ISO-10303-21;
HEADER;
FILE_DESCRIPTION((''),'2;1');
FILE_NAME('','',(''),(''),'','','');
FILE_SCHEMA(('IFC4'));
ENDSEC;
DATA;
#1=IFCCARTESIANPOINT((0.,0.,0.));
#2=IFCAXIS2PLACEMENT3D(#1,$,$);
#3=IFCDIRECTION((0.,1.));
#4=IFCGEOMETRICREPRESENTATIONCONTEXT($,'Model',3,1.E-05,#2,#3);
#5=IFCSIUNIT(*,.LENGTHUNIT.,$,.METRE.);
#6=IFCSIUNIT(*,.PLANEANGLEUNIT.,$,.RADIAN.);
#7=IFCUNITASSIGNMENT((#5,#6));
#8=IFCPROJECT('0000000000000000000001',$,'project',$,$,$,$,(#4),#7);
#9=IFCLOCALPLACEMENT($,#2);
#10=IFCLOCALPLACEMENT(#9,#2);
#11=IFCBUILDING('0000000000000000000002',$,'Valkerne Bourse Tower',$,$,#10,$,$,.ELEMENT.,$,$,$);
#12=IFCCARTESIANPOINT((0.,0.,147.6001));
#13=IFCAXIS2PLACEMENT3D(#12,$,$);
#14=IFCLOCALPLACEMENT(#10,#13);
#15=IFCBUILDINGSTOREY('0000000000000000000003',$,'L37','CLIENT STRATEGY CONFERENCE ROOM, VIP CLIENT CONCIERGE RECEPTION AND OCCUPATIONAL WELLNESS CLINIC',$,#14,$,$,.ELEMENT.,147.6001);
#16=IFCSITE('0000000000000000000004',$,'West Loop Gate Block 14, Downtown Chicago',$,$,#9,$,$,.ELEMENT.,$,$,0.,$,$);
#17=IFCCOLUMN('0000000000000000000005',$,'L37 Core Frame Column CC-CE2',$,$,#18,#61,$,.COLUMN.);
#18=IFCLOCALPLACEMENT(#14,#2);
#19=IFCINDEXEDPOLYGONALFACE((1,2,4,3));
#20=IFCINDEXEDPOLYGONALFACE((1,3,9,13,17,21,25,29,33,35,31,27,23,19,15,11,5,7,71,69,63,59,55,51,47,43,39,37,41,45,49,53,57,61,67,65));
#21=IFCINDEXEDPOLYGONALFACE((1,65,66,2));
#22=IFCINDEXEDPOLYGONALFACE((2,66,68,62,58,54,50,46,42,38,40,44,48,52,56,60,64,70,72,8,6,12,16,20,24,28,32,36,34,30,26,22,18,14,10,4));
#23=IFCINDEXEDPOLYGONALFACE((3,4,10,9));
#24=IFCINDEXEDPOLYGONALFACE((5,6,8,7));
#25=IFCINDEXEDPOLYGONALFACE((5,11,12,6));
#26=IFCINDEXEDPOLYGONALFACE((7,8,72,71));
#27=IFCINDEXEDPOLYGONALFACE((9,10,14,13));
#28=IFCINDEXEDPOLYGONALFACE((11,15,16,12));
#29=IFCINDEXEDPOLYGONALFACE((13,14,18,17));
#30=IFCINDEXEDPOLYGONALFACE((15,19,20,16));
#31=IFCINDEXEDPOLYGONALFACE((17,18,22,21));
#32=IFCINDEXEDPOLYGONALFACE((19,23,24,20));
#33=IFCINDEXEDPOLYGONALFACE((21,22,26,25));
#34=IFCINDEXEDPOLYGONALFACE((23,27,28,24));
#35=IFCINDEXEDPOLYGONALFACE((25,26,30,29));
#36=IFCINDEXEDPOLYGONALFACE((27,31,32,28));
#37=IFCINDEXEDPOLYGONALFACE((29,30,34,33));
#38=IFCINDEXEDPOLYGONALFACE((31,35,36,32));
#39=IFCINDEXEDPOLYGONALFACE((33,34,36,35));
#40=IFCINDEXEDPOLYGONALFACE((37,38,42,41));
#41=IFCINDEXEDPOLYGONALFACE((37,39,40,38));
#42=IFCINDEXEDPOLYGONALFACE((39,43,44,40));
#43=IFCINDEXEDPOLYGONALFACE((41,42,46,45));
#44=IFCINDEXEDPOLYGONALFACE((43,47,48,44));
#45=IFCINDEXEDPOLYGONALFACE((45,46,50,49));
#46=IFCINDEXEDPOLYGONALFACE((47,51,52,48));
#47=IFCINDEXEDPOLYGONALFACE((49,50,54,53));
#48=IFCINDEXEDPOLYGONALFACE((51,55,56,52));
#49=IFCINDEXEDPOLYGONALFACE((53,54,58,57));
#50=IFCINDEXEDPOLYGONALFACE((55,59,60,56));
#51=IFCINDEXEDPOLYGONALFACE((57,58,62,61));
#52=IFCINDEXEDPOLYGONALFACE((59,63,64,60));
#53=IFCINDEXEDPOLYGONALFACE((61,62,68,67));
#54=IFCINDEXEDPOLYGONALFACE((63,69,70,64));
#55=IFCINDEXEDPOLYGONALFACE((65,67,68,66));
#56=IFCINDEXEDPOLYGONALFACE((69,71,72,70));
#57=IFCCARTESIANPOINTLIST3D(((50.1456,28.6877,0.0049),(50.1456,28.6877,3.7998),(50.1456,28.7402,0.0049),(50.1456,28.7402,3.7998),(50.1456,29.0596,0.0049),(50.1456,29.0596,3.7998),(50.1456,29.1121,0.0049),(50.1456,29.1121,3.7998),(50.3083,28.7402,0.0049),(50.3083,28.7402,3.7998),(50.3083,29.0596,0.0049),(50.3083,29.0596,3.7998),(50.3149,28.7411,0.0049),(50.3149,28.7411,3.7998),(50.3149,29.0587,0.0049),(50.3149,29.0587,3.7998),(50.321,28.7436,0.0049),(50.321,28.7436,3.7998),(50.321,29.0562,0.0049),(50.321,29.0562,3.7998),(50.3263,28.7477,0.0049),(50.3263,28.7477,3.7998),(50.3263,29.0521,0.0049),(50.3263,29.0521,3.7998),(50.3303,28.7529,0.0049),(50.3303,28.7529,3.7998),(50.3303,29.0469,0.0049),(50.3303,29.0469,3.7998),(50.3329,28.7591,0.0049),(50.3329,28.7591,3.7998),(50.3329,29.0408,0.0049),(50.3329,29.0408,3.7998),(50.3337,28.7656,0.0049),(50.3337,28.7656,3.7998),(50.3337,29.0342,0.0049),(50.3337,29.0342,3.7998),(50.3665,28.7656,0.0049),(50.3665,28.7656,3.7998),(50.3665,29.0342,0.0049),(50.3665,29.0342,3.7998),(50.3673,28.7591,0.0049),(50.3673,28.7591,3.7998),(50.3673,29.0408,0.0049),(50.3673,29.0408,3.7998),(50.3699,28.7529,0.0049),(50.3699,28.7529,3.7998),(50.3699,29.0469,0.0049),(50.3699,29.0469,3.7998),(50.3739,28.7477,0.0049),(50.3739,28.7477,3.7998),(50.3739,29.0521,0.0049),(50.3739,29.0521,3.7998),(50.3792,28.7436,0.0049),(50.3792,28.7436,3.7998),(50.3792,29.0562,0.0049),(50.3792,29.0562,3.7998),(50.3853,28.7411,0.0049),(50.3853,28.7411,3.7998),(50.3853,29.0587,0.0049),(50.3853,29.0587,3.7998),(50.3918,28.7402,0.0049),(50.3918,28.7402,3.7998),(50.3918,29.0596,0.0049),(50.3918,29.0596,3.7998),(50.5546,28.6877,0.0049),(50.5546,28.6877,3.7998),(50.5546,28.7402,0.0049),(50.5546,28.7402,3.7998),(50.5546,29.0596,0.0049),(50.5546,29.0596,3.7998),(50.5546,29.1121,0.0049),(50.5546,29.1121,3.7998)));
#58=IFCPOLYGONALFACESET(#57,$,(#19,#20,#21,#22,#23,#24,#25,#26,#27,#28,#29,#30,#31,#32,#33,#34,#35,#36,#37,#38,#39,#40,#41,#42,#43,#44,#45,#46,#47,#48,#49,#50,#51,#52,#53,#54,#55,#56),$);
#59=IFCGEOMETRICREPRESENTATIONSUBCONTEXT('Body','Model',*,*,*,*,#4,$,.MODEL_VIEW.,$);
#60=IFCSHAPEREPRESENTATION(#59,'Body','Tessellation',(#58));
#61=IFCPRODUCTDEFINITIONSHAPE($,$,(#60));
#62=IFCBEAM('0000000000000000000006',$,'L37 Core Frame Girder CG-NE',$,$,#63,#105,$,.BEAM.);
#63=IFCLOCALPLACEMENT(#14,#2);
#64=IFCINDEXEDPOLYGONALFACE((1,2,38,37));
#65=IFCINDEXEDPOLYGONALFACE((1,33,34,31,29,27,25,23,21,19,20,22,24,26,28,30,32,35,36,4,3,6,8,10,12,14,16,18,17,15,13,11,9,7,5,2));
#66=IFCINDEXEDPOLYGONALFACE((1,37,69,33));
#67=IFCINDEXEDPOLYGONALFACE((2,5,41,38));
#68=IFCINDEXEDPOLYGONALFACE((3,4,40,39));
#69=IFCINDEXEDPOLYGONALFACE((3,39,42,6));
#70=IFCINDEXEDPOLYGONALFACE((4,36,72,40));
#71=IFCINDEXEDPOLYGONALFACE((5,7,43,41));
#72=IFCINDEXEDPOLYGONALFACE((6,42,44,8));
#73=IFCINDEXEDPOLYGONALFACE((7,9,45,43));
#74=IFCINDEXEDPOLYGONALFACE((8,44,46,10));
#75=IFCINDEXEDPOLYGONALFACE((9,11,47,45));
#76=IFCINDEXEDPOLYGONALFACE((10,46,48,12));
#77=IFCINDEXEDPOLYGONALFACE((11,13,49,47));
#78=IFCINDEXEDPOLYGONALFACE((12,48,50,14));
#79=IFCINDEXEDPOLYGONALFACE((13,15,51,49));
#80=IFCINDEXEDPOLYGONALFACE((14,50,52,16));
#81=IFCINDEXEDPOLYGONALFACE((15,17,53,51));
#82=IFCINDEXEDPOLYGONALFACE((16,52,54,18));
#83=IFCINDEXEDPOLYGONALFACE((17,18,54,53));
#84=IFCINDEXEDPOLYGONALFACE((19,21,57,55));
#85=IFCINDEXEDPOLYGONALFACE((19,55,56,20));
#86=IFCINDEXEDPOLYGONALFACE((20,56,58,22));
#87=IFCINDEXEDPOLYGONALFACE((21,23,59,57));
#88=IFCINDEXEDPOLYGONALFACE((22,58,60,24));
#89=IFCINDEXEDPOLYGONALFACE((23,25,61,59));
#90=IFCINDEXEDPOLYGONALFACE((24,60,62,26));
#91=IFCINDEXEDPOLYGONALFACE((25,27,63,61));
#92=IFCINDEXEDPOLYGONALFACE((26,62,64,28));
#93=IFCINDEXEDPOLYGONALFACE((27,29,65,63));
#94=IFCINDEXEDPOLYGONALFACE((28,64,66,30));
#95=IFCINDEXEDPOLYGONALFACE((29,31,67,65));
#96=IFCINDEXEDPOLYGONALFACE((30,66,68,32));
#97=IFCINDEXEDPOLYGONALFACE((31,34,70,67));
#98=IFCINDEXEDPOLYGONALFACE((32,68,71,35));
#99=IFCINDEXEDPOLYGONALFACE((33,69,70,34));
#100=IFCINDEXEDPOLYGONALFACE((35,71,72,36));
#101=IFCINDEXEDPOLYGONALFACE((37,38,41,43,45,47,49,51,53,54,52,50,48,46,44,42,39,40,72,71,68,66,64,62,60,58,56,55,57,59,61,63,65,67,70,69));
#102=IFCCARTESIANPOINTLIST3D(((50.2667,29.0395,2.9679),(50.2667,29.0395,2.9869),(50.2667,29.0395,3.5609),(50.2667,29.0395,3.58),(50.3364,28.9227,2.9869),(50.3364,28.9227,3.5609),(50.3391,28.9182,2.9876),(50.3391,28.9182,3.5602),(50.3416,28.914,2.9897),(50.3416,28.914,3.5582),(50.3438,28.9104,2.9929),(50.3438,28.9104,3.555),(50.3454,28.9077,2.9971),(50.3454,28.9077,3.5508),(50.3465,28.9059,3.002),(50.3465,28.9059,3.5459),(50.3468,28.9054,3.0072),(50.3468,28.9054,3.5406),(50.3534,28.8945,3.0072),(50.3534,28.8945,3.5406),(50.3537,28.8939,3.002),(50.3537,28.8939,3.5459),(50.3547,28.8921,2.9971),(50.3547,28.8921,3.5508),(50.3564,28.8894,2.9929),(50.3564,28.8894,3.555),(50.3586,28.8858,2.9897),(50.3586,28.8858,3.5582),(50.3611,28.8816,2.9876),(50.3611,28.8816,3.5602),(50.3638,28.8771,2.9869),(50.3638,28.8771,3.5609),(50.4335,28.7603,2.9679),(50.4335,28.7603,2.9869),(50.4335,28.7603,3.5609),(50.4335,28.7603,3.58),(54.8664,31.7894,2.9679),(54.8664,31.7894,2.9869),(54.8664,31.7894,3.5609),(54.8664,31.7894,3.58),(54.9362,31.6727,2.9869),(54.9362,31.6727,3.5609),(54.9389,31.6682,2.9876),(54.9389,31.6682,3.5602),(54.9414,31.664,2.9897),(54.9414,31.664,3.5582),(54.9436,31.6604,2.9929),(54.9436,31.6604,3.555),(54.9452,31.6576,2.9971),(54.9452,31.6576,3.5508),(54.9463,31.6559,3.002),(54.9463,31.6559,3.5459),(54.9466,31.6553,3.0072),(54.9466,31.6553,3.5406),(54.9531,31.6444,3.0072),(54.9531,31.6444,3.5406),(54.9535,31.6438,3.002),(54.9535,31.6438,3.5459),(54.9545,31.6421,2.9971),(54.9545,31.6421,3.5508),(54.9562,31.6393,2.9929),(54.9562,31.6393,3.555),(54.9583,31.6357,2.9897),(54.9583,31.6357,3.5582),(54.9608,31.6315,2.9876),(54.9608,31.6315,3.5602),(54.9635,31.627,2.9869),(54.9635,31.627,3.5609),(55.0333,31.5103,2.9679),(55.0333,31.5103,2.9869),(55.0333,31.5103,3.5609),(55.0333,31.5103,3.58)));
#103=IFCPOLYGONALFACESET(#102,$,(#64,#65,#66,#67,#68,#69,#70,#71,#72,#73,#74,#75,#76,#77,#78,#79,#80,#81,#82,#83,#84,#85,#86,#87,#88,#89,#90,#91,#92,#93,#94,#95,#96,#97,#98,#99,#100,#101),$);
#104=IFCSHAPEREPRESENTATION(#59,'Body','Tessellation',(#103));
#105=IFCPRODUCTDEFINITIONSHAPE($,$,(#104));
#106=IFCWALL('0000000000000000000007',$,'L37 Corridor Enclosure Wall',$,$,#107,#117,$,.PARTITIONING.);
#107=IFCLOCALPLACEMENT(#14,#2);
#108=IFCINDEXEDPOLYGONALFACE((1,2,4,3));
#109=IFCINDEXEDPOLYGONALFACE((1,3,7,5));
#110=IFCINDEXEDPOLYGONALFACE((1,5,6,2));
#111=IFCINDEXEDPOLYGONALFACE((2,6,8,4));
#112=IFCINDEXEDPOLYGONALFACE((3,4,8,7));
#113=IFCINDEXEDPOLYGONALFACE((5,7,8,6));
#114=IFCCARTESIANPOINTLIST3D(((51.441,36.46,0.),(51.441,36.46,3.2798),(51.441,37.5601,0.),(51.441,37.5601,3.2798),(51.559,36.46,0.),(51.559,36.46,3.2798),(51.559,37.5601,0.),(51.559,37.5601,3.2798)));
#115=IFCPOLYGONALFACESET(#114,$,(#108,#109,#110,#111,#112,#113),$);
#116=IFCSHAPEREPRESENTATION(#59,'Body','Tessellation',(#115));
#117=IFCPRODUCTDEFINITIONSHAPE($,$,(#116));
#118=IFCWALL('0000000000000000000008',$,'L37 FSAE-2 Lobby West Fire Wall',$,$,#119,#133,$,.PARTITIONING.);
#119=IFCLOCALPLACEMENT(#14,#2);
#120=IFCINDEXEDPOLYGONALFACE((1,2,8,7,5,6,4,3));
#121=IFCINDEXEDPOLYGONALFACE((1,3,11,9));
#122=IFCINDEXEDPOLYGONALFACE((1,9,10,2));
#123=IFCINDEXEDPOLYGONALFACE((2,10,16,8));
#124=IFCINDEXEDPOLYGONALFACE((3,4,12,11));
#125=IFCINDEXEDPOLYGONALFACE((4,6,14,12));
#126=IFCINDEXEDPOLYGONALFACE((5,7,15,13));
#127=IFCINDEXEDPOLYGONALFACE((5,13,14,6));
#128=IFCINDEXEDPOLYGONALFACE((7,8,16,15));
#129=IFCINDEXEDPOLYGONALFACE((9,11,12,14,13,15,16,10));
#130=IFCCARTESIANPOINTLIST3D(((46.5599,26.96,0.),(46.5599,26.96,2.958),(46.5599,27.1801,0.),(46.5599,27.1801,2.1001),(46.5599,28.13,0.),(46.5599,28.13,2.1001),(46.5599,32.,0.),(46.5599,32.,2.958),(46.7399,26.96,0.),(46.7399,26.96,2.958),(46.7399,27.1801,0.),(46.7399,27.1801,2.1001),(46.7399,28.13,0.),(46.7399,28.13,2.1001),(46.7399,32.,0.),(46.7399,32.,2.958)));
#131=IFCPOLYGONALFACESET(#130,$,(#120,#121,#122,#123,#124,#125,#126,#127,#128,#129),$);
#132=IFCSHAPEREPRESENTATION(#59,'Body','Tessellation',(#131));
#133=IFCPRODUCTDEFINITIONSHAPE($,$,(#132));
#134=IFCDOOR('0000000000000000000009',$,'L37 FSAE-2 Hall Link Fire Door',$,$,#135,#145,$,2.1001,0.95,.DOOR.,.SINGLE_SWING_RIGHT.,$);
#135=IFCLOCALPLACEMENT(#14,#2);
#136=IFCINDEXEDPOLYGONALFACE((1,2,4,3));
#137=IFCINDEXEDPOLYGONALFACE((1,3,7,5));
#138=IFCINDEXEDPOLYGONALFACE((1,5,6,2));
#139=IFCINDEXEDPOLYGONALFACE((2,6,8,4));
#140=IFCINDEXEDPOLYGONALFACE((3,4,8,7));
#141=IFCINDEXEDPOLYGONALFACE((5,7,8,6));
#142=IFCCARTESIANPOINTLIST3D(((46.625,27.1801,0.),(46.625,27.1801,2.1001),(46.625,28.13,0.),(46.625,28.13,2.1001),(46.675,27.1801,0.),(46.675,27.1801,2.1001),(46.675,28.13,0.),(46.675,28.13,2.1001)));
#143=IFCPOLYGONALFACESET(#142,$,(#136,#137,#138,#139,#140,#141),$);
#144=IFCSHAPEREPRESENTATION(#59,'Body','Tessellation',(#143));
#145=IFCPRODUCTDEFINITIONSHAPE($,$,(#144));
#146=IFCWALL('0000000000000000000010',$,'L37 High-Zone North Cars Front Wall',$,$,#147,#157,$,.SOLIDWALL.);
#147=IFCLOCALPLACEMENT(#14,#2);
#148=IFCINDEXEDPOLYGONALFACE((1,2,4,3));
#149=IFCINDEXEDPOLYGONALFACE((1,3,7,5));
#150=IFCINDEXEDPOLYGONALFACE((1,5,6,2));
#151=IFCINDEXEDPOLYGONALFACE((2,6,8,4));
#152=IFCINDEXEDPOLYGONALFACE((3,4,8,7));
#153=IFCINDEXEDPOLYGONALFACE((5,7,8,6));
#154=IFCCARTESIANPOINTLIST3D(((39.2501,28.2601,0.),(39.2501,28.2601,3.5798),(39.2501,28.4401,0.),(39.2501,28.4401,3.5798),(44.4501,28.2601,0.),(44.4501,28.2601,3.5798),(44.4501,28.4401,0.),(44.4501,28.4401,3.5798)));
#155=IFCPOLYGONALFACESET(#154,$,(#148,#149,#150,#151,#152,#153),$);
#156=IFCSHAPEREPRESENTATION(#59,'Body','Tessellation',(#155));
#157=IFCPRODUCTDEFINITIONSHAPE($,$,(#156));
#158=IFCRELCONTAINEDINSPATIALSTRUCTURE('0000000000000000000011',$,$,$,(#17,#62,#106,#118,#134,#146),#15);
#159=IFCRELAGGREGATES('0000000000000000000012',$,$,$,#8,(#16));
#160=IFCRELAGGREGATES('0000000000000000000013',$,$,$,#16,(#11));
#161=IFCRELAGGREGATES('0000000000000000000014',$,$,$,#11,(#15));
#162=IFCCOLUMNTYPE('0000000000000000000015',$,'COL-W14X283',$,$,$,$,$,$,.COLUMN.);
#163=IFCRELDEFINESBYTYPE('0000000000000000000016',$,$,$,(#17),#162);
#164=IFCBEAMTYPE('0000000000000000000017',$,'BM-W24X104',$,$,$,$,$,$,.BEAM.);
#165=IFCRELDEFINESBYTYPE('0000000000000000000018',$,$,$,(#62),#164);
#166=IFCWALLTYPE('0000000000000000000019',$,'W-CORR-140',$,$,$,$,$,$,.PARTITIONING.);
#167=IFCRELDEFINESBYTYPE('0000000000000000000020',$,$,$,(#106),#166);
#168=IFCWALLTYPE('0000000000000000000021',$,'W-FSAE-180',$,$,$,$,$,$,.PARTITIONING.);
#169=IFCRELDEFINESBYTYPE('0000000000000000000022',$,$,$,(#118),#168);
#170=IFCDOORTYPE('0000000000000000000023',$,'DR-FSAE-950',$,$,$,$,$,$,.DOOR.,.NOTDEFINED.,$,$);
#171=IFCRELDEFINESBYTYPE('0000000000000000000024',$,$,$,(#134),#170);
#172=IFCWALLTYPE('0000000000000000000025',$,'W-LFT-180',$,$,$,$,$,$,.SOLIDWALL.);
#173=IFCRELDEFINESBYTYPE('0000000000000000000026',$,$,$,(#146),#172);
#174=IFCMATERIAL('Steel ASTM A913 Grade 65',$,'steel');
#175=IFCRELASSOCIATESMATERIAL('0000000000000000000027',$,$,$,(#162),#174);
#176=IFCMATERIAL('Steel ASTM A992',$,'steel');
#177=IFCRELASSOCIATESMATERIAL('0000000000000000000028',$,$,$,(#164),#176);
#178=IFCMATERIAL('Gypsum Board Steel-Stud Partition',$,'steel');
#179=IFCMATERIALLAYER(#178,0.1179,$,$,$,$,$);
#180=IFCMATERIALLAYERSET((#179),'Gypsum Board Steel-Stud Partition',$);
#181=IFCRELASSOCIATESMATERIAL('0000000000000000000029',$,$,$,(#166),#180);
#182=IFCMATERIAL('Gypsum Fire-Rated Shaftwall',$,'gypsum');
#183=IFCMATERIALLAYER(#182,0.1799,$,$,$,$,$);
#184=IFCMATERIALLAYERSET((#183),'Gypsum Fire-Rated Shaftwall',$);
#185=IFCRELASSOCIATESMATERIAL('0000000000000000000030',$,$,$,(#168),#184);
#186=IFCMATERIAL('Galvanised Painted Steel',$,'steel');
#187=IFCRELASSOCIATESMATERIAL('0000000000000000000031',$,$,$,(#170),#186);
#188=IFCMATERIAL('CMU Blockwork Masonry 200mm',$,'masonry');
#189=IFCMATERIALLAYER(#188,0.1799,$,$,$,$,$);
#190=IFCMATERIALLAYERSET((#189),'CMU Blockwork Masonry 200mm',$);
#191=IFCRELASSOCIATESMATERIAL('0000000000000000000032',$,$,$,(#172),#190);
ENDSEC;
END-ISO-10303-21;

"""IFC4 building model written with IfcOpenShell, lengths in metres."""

from ifc_helpers import new_model, si_unit, direction, frame, frame_2d, origin, origin_2d, place, context, subcontext, project, spatial, rectangle, i_section, extrude, material, layer, layer_set, material_profile, profile_set, type_object, element, fill, save


model = new_model("IFC4")

# Units and contexts
model_context = context("Model", 3, precision=1e-05, world=origin(), true_north=direction((0.0, 1.0)))
body_context = subcontext(model_context, "Body", "Model", "MODEL_VIEW")
ifc_project = project(units=[si_unit("LENGTHUNIT", "METRE"), si_unit("PLANEANGLEUNIT", "RADIAN")], contexts=[model_context])

# Site, building, storey
site_placement = place(None, origin())
site = spatial("IfcSite", under=ifc_project, at=site_placement, Name="West Loop Gate Block 14, Downtown Chicago", CompositionType="ELEMENT", RefElevation=0.0)
building_placement = place(site_placement, origin())
building = spatial("IfcBuilding", under=site, at=building_placement, Name="Valkerne Bourse Tower", CompositionType="ELEMENT")
storey_placement = place(building_placement, frame((0.0, 0.0, 147.6001)))
storey = spatial("IfcBuildingStorey", under=building, at=storey_placement, Name="L37", Description="CLIENT STRATEGY CONFERENCE ROOM, VIP CLIENT CONCIERGE RECEPTION AND OCCUPATIONAL WELLNESS CLINIC", CompositionType="ELEMENT", Elevation=147.6001)

# Column
ifc_material_1 = material(Name="Steel ASTM A913 Grade 65", Category="steel")
ifc_material_profile_1 = material_profile(ifc_material_1, i_section(OverallWidth=0.4089, OverallDepth=0.4243, WebThickness=0.0327, FlangeThickness=0.0525, FilletRadius=0.0254, at=origin_2d()), Name="W14X283")
ifc_profile_set_1 = profile_set([ifc_material_profile_1], Name="Steel ASTM A913 Grade 65")
column_type = type_object("IfcColumnType", Name="COL-W14X283", PredefinedType="COLUMN", material=ifc_profile_set_1)
column_placement = place(storey_placement, frame((50.3501, 28.8999, 0.0049), z_axis=(0.0, 0.0, 1.0), x_axis=(1.0, 0.0, 0.0)))
element("IfcColumn", 1, at=column_placement, inside=storey, type_object=column_type, Name="L37 Core Frame Column CC-CE2", PredefinedType="COLUMN", context=body_context, shape_type="SweptSolid", body=[
    extrude(i_section(OverallWidth=0.4089, OverallDepth=0.4243, WebThickness=0.0327, FlangeThickness=0.0525, FilletRadius=0.0254, at=origin_2d()), origin(), (0.0, 0.0, 1.0), 3.7949),
])

# Beam
ifc_material_2 = material(Name="Steel ASTM A992", Category="steel")
ifc_material_profile_2 = material_profile(ifc_material_2, i_section(OverallWidth=0.3252, OverallDepth=0.6121, WebThickness=0.0127, FlangeThickness=0.019, FilletRadius=0.0203, at=origin_2d()), Name="W24X104")
ifc_profile_set_2 = profile_set([ifc_material_profile_2], Name="Steel ASTM A992")
beam_type = type_object("IfcBeamType", Name="BM-W24X104", PredefinedType="BEAM", material=ifc_profile_set_2)
beam_placement = place(storey_placement, frame((50.3501, 28.8999, 3.2739), z_axis=(0.858308, 0.513135, 0.0), x_axis=(-0.513135, 0.858308, 0.0)))
element("IfcBeam", 2, at=beam_placement, inside=storey, type_object=beam_type, Name="L37 Core Frame Girder CG-NE", PredefinedType="BEAM", context=body_context, shape_type="SweptSolid", body=[
    extrude(i_section(OverallWidth=0.3252, OverallDepth=0.6121, WebThickness=0.0127, FlangeThickness=0.019, FilletRadius=0.0203, at=origin_2d()), origin(), (0.0, 0.0, 1.0), 5.3591),
])

# Wall
ifc_material_3 = material(Name="Gypsum Board Steel-Stud Partition", Category="steel")
ifc_layer_1 = layer(ifc_material_3, 0.1179)
ifc_layer_set_1 = layer_set([ifc_layer_1], Name="Gypsum Board Steel-Stud Partition")
wall_type_1 = type_object("IfcWallType", Name="W-CORR-140", PredefinedType="PARTITIONING", material=ifc_layer_set_1)
wall_1_placement = place(storey_placement, frame((51.5, 37.5601, 0.0), z_axis=(0.0, 0.0, 1.0), x_axis=(0.0, -1.0, 0.0)))
element("IfcWall", 3, at=wall_1_placement, inside=storey, type_object=wall_type_1, Name="L37 Corridor Enclosure Wall", PredefinedType="PARTITIONING", context=body_context, shape_type="SweptSolid", body=[
    extrude(rectangle(XDim=1.1001, YDim=0.1179, at=frame_2d((0.55, 0.0))), origin(), (0.0, 0.0, 1.0), 3.2798),
])

# Wall, opening, door
ifc_material_4 = material(Name="Gypsum Fire-Rated Shaftwall", Category="gypsum")
ifc_layer_2 = layer(ifc_material_4, 0.1799)
ifc_layer_set_2 = layer_set([ifc_layer_2], Name="Gypsum Fire-Rated Shaftwall")
wall_type_2 = type_object("IfcWallType", Name="W-FSAE-180", PredefinedType="PARTITIONING", material=ifc_layer_set_2)
wall_2_placement = place(storey_placement, frame((46.6499, 26.96, 0.0), z_axis=(0.0, 0.0, 1.0), x_axis=(0.0, 1.0, 0.0)))
wall_2 = element("IfcWall", 4, at=wall_2_placement, inside=storey, type_object=wall_type_2, Name="L37 FSAE-2 Lobby West Fire Wall", PredefinedType="PARTITIONING", context=body_context, shape_type="SweptSolid", body=[
    extrude(rectangle(XDim=5.04, YDim=0.1799, at=frame_2d((2.52, 0.0))), origin(), (0.0, 0.0, 1.0), 2.958),
])
opening_1_placement = place(wall_2_placement, frame((0.22, 0.0, 0.0)))
opening_1 = element("IfcOpeningElement", 5, at=opening_1_placement, cuts=wall_2, PredefinedType="OPENING", context=body_context, shape_type="SweptSolid", body=[
    extrude(rectangle(XDim=0.95, YDim=2.1001, at=frame_2d((0.4751, 1.05))), frame((0.0, 0.0999, 0.0), z_axis=(0.0, -1.0, 0.0), x_axis=(1.0, 0.0, 0.0)), (0.0, 0.0, 1.0), 0.2),
])
ifc_material_5 = material(Name="Galvanised Painted Steel", Category="steel")
door_type_1 = type_object("IfcDoorType", Name="DR-FSAE-950", OperationType="NOTDEFINED", PredefinedType="DOOR", material=ifc_material_5)
door_1_placement = place(opening_1_placement, origin())
door_1 = element("IfcDoor", 6, at=door_1_placement, inside=storey, type_object=door_type_1, Name="L37 FSAE-2 Hall Link Fire Door", OperationType="SINGLE_SWING_RIGHT", OverallHeight=2.1001, OverallWidth=0.95, PredefinedType="DOOR", context=body_context, shape_type="SweptSolid", body=[
    extrude(rectangle(XDim=0.95, YDim=2.1001, at=frame_2d((0.4751, 1.05))), frame((0.0, 0.0249, 0.0), z_axis=(0.0, -1.0, 0.0), x_axis=(1.0, 0.0, 0.0)), (0.0, 0.0, 1.0), 0.05),
])
fill(opening_1, door_1)

# Shared definitions
ifc_material_6 = material(Name="CMU Blockwork Masonry 200mm", Category="masonry")
ifc_layer_3 = layer(ifc_material_6, 0.1799)
ifc_layer_set_3 = layer_set([ifc_layer_3], Name="CMU Blockwork Masonry 200mm")
wall_type_3 = type_object("IfcWallType", Name="W-LFT-180", PredefinedType="SOLIDWALL", material=ifc_layer_set_3)

# Wall
wall_3_placement = place(storey_placement, frame((39.25, 28.3501, 0.0), z_axis=(0.0, 0.0, 1.0), x_axis=(1.0, 0.0, 0.0)))
element("IfcWall", 7, at=wall_3_placement, inside=storey, type_object=wall_type_3, Name="L37 High-Zone North Cars Front Wall", PredefinedType="SOLIDWALL", context=body_context, shape_type="SweptSolid", body=[
    extrude(rectangle(XDim=5.2, YDim=0.1799, at=frame_2d((2.6001, 0.0))), origin(), (0.0, 0.0, 1.0), 3.5798),
])

save(model, "model.ifc")
